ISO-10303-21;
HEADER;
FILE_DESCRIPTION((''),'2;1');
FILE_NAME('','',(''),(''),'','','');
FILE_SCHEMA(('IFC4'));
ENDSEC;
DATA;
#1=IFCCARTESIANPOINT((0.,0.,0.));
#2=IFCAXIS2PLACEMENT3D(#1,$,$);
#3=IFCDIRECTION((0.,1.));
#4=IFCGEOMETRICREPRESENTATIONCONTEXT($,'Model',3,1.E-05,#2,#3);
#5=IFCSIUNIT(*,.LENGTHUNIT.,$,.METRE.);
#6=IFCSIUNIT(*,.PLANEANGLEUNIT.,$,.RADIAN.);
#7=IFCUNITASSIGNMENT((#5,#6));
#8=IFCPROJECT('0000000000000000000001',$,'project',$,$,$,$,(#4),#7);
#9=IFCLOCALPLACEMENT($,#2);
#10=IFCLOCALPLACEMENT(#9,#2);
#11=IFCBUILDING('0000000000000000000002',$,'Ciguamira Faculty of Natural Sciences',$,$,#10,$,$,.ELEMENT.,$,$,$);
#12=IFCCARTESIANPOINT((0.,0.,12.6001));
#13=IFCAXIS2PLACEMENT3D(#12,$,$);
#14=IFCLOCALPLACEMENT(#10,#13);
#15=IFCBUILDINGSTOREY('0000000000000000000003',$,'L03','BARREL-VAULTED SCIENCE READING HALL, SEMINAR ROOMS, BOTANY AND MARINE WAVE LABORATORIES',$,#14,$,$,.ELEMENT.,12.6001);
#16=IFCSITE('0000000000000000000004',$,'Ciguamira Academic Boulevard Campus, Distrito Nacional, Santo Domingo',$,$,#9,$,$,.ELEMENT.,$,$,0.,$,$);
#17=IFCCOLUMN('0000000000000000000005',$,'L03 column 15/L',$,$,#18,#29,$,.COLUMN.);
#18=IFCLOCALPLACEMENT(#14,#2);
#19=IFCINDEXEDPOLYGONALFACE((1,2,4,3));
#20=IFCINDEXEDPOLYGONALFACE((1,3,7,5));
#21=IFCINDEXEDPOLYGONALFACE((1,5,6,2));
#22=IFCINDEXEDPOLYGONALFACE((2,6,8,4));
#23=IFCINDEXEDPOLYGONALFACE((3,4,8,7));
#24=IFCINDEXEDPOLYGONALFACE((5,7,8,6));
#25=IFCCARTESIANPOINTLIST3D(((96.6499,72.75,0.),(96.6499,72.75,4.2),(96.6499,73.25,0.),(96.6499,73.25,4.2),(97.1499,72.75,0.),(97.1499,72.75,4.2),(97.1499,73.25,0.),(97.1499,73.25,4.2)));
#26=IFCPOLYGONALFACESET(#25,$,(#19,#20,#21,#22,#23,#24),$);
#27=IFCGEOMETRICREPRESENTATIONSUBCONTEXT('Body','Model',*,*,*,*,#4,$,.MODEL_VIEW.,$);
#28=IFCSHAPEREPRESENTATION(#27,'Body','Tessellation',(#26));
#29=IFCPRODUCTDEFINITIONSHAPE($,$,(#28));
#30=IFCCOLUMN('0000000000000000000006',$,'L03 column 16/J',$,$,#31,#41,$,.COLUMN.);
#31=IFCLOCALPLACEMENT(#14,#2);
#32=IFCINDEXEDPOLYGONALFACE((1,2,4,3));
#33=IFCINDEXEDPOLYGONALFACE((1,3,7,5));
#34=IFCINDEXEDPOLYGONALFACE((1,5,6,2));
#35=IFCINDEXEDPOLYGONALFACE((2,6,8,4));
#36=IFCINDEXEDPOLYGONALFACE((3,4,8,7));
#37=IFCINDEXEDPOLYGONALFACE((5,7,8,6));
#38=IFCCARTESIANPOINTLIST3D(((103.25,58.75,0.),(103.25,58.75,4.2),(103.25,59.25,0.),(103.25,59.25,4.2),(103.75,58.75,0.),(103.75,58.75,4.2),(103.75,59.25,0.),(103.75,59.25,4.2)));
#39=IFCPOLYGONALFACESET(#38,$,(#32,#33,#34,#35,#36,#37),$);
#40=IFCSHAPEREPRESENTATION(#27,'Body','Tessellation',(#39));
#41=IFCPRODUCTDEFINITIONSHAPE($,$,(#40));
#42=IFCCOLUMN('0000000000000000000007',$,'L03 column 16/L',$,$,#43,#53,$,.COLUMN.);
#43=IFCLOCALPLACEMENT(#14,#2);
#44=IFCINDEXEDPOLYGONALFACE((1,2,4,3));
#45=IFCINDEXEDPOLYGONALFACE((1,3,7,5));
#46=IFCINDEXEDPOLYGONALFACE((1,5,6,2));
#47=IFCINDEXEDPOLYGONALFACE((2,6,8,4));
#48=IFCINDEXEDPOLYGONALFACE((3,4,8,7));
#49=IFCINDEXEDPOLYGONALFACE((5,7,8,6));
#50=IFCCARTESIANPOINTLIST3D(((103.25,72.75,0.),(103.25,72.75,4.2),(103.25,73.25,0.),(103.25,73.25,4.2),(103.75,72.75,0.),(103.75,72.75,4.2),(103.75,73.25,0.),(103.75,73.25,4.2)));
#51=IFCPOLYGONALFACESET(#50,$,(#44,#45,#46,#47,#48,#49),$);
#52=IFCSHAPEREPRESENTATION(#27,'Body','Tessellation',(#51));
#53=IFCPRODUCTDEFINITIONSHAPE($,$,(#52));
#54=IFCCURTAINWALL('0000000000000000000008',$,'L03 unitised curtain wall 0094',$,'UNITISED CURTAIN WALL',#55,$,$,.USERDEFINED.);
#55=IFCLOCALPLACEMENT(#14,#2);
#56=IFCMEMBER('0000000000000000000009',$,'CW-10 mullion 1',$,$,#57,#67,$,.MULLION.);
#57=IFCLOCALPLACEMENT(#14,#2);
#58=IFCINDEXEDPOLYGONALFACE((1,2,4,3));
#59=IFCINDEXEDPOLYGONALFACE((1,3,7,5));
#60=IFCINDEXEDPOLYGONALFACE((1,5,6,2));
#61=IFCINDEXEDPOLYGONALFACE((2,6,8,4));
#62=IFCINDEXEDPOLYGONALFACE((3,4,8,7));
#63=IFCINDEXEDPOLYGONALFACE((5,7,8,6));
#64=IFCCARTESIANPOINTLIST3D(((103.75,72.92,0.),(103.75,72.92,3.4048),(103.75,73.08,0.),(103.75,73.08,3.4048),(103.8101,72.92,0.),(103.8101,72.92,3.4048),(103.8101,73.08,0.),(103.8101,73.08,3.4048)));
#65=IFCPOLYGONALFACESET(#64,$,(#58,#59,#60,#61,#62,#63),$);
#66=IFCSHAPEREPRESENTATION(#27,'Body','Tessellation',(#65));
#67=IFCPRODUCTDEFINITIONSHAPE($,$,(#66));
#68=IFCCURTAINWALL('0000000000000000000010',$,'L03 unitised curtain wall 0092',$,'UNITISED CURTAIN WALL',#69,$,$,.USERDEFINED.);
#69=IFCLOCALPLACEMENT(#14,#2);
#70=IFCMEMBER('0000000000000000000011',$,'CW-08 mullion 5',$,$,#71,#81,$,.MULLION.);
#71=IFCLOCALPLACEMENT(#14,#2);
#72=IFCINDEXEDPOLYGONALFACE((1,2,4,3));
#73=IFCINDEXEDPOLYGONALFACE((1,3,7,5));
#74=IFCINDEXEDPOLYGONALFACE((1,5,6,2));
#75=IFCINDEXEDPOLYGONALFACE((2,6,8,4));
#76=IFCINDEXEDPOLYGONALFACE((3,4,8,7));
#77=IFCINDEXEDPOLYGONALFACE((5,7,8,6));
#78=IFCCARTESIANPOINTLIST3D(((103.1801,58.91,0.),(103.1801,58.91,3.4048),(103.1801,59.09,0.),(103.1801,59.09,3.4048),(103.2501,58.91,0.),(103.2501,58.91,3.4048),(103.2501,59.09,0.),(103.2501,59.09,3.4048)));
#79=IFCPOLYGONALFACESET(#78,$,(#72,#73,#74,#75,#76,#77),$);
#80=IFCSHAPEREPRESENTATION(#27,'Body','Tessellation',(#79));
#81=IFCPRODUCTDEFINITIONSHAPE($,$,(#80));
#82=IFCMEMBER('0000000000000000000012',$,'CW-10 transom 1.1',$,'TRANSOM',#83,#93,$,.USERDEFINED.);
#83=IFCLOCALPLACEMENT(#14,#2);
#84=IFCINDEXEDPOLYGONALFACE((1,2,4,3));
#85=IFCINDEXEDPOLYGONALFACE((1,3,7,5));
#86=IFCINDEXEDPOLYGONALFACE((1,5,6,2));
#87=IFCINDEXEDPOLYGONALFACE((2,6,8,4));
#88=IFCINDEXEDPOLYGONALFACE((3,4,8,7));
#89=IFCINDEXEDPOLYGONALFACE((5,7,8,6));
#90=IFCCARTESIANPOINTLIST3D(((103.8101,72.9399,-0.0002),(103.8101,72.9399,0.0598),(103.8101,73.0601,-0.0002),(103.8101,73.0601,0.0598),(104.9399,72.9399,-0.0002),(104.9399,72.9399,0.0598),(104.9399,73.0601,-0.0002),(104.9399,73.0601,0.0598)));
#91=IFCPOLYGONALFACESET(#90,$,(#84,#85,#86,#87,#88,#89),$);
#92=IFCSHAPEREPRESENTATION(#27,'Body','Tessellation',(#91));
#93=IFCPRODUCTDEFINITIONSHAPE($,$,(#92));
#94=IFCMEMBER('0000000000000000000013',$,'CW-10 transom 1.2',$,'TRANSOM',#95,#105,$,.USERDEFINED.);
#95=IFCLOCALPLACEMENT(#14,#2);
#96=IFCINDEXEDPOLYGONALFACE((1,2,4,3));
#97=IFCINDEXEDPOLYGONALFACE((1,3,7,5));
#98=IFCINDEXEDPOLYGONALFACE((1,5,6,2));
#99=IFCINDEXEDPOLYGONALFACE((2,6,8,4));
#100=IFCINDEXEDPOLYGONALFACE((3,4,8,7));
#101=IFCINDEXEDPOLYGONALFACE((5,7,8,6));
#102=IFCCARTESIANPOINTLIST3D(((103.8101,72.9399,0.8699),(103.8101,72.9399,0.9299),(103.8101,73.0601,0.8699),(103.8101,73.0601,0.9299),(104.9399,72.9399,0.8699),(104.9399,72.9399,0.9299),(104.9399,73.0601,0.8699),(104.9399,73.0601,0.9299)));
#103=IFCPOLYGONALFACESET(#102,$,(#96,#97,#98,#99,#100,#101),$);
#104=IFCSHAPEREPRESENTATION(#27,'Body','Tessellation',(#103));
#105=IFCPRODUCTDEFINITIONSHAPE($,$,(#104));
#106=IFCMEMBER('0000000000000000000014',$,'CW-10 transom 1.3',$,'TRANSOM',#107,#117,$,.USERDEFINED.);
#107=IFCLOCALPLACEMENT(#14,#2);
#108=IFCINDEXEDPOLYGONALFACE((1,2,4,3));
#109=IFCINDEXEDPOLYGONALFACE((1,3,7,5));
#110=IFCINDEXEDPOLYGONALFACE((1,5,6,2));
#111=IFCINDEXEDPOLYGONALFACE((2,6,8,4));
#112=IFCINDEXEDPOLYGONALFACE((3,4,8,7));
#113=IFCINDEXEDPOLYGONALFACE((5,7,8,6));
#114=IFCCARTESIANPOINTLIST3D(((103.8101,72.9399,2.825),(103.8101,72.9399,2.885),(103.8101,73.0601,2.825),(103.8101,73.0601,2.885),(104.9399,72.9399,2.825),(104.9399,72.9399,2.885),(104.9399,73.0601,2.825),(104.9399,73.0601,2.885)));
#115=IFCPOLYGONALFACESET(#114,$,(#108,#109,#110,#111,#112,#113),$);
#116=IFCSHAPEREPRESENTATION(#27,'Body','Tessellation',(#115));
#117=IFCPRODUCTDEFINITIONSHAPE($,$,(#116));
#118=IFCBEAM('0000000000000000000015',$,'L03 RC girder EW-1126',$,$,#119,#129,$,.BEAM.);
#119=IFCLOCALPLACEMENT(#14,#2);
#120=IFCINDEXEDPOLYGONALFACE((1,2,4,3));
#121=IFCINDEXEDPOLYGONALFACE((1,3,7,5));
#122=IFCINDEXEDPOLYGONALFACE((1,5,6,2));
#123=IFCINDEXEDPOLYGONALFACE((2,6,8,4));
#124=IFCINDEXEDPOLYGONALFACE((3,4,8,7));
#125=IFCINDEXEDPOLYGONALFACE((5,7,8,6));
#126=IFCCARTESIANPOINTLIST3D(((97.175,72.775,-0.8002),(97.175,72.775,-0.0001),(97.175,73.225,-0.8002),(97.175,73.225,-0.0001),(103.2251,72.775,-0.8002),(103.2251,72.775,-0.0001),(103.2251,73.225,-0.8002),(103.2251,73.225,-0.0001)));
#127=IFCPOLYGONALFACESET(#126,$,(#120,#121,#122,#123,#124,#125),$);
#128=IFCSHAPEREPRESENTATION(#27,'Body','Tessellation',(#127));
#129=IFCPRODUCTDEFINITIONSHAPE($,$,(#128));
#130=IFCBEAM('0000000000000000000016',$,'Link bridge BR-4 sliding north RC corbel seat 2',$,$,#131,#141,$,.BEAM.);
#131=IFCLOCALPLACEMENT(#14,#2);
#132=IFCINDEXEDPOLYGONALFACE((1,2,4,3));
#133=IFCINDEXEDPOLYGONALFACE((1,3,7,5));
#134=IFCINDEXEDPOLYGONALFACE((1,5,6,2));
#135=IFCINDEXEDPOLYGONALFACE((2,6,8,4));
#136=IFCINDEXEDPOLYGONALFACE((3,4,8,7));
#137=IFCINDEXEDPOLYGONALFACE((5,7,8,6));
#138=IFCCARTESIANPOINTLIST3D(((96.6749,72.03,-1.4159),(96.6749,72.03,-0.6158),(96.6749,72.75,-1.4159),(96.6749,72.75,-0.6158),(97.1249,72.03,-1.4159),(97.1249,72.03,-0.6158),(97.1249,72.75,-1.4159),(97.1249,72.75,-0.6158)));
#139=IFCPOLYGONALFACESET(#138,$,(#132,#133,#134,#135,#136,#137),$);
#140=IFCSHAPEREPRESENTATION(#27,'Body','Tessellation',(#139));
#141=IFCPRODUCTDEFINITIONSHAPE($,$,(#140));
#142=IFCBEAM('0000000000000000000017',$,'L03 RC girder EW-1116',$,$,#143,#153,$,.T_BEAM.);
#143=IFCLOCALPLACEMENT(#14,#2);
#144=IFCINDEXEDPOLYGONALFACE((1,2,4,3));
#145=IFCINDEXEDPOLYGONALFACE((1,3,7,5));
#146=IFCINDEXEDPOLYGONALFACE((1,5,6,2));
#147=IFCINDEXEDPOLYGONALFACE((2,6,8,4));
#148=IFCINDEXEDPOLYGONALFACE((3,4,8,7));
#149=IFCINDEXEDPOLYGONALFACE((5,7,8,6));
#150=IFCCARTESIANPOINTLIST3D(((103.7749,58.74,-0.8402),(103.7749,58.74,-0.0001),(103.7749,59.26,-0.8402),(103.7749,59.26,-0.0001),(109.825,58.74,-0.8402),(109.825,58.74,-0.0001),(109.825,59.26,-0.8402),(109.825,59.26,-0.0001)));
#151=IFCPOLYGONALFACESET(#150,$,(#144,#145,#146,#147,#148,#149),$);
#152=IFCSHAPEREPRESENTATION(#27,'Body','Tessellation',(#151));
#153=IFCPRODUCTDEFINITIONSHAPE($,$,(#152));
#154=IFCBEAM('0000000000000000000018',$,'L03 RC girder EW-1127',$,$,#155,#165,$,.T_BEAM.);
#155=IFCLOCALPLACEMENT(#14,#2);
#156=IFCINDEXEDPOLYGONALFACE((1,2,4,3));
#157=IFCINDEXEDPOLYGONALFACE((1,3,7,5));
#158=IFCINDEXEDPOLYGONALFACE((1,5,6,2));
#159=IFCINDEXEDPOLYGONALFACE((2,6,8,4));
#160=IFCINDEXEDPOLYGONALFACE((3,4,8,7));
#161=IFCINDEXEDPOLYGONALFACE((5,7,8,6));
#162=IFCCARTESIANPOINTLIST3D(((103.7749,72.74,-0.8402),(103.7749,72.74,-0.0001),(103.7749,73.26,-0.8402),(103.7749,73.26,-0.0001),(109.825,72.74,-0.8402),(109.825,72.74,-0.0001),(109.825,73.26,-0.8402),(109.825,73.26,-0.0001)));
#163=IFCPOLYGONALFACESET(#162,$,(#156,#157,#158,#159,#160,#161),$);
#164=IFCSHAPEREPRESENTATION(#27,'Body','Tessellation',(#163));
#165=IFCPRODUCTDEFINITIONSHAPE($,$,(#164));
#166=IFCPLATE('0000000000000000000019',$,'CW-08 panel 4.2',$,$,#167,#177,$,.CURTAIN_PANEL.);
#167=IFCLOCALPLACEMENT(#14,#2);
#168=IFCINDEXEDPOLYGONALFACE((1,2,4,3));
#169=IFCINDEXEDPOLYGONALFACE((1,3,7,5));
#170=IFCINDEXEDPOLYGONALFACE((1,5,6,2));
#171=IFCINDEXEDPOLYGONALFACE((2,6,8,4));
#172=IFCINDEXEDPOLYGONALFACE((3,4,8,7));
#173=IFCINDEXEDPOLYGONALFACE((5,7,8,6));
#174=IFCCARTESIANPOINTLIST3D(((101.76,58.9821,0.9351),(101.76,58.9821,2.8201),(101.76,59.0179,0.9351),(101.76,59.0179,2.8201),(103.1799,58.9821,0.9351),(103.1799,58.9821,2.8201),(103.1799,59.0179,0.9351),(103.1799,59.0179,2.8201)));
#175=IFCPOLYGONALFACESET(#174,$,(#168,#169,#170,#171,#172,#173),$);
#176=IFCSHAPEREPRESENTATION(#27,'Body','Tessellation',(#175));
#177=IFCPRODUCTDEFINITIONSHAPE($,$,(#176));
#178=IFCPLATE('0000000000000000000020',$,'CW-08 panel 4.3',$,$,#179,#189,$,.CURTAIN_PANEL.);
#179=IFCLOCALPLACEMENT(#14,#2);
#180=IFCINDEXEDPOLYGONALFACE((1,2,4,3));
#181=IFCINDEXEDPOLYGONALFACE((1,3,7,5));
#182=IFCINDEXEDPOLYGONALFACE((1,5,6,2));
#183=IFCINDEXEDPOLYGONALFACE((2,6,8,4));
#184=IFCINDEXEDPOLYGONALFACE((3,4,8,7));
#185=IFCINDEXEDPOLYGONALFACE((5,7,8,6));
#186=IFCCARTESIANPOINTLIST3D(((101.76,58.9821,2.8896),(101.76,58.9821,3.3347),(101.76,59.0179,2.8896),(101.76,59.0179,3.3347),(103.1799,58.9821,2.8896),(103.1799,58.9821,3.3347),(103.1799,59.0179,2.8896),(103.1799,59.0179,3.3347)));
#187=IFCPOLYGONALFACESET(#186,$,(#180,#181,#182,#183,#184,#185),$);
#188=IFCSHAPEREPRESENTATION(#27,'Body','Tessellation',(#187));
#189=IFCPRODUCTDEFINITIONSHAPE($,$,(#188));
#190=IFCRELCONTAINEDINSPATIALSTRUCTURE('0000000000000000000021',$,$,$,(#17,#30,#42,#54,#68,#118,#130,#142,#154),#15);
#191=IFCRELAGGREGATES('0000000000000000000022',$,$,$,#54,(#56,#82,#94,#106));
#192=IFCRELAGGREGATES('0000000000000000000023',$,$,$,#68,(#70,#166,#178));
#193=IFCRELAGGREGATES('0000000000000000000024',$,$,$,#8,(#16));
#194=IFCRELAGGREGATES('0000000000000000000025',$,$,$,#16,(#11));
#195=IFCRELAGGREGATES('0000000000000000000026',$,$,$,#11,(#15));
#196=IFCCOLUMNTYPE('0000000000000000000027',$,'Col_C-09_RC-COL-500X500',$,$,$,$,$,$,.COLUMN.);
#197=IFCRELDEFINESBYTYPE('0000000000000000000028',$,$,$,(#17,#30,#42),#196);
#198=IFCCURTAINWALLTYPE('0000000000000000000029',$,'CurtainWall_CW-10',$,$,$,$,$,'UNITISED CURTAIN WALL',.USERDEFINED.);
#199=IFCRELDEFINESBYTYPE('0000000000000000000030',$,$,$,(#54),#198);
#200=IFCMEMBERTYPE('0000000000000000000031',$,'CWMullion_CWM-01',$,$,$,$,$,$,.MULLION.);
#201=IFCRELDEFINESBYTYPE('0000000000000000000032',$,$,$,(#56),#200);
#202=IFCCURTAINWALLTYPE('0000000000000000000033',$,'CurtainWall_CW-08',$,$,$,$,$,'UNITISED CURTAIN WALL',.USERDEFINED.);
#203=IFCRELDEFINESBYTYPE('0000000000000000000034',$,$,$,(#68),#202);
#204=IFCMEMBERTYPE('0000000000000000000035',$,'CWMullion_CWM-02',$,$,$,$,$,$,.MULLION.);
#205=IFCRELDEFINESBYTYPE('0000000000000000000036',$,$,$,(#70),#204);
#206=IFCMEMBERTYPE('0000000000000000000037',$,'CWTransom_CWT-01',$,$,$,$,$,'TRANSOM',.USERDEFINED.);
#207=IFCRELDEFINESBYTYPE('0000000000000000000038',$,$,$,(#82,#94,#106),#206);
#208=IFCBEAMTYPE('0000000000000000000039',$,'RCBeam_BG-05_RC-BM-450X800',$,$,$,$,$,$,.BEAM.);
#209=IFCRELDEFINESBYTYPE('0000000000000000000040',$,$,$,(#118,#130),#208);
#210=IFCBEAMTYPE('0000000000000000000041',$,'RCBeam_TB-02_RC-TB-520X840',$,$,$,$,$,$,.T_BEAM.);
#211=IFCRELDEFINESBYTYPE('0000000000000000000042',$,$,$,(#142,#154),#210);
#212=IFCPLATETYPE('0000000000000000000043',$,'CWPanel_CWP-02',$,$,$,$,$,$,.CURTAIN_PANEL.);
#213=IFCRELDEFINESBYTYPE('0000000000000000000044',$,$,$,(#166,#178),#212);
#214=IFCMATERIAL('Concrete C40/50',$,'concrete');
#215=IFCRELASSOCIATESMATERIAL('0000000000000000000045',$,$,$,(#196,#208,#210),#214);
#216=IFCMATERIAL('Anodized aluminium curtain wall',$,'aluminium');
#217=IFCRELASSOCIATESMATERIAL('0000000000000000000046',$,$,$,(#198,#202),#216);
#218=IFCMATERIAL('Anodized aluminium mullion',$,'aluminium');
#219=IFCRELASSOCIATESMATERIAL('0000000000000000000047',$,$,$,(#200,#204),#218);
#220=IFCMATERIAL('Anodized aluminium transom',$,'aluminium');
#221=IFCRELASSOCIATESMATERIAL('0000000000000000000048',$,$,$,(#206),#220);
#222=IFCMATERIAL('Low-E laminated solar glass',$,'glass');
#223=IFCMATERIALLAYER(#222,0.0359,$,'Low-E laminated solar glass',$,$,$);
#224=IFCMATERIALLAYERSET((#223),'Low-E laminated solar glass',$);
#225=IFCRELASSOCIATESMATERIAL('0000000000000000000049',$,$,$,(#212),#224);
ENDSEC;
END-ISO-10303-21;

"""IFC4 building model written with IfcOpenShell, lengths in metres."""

from ifc_helpers import new_model, si_unit, direction, frame, origin, origin_2d, place, context, subcontext, project, spatial, rectangle, extrude, material, layer, layer_set, material_profile, profile_set, type_object, element, aggregate, save


model = new_model("IFC4")

# Units and contexts
model_context = context("Model", 3, precision=1e-05, world=origin(), true_north=direction((0.0, 1.0)))
body_context = subcontext(model_context, "Body", "Model", "MODEL_VIEW")
ifc_project = project(units=[si_unit("LENGTHUNIT", "METRE"), si_unit("PLANEANGLEUNIT", "RADIAN")], contexts=[model_context])

# Site, building, storey
site_placement = place(None, origin())
site = spatial("IfcSite", under=ifc_project, at=site_placement, Name="Ciguamira Academic Boulevard Campus, Distrito Nacional, Santo Domingo", CompositionType="ELEMENT", RefElevation=0.0)
building_placement = place(site_placement, origin())
building = spatial("IfcBuilding", under=site, at=building_placement, Name="Ciguamira Faculty of Natural Sciences", CompositionType="ELEMENT")
storey_placement = place(building_placement, frame((0.0, 0.0, 12.6001)))
storey = spatial("IfcBuildingStorey", under=building, at=storey_placement, Name="L03", Description="BARREL-VAULTED SCIENCE READING HALL, SEMINAR ROOMS, BOTANY AND MARINE WAVE LABORATORIES", CompositionType="ELEMENT", Elevation=12.6001)

# Columns
ifc_material_1 = material(Name="Concrete C40/50", Category="concrete")
ifc_material_profile_1 = material_profile(ifc_material_1, rectangle(XDim=0.5, YDim=0.5, at=origin_2d()), Name="RC-COL-500X500")
ifc_profile_set_1 = profile_set([ifc_material_profile_1], Name="Concrete C40/50")
column_type = type_object("IfcColumnType", Name="Col_C-09_RC-COL-500X500", PredefinedType="COLUMN", material=ifc_profile_set_1)
for number, where, z_axis, x_axis, name in (
    (1, (96.8999, 73.0, 0.0), (0.0, 0.0, 1.0), (1.0, 0.0, 0.0), "L03 column 15/L"),
    (2, (103.5, 59.0, 0.0), (0.0, 0.0, 1.0), (1.0, 0.0, 0.0), "L03 column 16/J"),
    (3, (103.5, 73.0, 0.0), (0.0, 0.0, 1.0), (1.0, 0.0, 0.0), "L03 column 16/L"),
):
    element("IfcColumn", number, at=place(storey_placement, frame(where, z_axis=z_axis, x_axis=x_axis)), inside=storey, type_object=column_type, Name=name, PredefinedType="COLUMN", context=body_context, shape_type="SweptSolid", body=[
        extrude(rectangle(XDim=0.5, YDim=0.5, at=origin_2d()), origin(), (0.0, 0.0, 1.0), 4.2),
    ])

# Curtain walls, members
ifc_material_2 = material(Name="Anodized aluminium curtain wall", Category="aluminium")
curtain_wall_type_1 = type_object("IfcCurtainWallType", Name="CurtainWall_CW-10", ElementType="UNITISED CURTAIN WALL", PredefinedType="USERDEFINED", material=ifc_material_2)
curtain_wall_1_placement = place(storey_placement, origin())
curtain_wall_1 = element("IfcCurtainWall", 4, at=curtain_wall_1_placement, inside=storey, type_object=curtain_wall_type_1, Name="L03 unitised curtain wall 0094", ObjectType="UNITISED CURTAIN WALL", PredefinedType="USERDEFINED")
ifc_material_3 = material(Name="Anodized aluminium mullion", Category="aluminium")
ifc_material_profile_2 = material_profile(ifc_material_3, rectangle(XDim=0.0601, YDim=0.1599, at=origin_2d()), Name="ALU-MUL-60X160")
ifc_profile_set_2 = profile_set([ifc_material_profile_2], Name="Anodized aluminium mullion")
member_type_1 = type_object("IfcMemberType", Name="CWMullion_CWM-01", PredefinedType="MULLION", material=ifc_profile_set_2)
member_1_placement = place(storey_placement, frame((103.78, 73.0, 0.0), z_axis=(0.0, 0.0, 1.0), x_axis=(1.0, 0.0, 0.0)))
member_1 = element("IfcMember", 5, at=member_1_placement, type_object=member_type_1, Name="CW-10 mullion 1", PredefinedType="MULLION", context=body_context, shape_type="SweptSolid", body=[
    extrude(rectangle(XDim=0.0601, YDim=0.1599, at=origin_2d()), origin(), (0.0, 0.0, 1.0), 3.4048),
])
curtain_wall_type_2 = type_object("IfcCurtainWallType", Name="CurtainWall_CW-08", ElementType="UNITISED CURTAIN WALL", PredefinedType="USERDEFINED", material=ifc_material_2)
curtain_wall_2_placement = place(storey_placement, origin())
curtain_wall_2 = element("IfcCurtainWall", 6, at=curtain_wall_2_placement, inside=storey, type_object=curtain_wall_type_2, Name="L03 unitised curtain wall 0092", ObjectType="UNITISED CURTAIN WALL", PredefinedType="USERDEFINED")
ifc_material_profile_3 = material_profile(ifc_material_3, rectangle(XDim=0.0701, YDim=0.1799, at=origin_2d()), Name="ALU-MUL-70X180")
ifc_profile_set_3 = profile_set([ifc_material_profile_3], Name="Anodized aluminium mullion")
member_type_2 = type_object("IfcMemberType", Name="CWMullion_CWM-02", PredefinedType="MULLION", material=ifc_profile_set_3)
member_2_placement = place(storey_placement, frame((103.2151, 59.0, 0.0), z_axis=(0.0, 0.0, 1.0), x_axis=(1.0, 0.0, 0.0)))
member_2 = element("IfcMember", 7, at=member_2_placement, type_object=member_type_2, Name="CW-08 mullion 5", PredefinedType="MULLION", context=body_context, shape_type="SweptSolid", body=[
    extrude(rectangle(XDim=0.0701, YDim=0.1799, at=origin_2d()), origin(), (0.0, 0.0, 1.0), 3.4048),
])

# Members
ifc_material_4 = material(Name="Anodized aluminium transom", Category="aluminium")
ifc_material_profile_4 = material_profile(ifc_material_4, rectangle(XDim=0.0601, YDim=0.1201, at=origin_2d()), Name="ALU-TRN-60X120")
ifc_profile_set_4 = profile_set([ifc_material_profile_4], Name="Anodized aluminium transom")
member_type_3 = type_object("IfcMemberType", Name="CWTransom_CWT-01", ElementType="TRANSOM", PredefinedType="USERDEFINED", material=ifc_profile_set_4)
member_3_placement = place(storey_placement, frame((103.8101, 73.0, 0.0298), z_axis=(1.0, 0.0, 0.0), x_axis=(0.0, 0.0, 1.0)))
member_3 = element("IfcMember", 8, at=member_3_placement, type_object=member_type_3, Name="CW-10 transom 1.1", ObjectType="TRANSOM", PredefinedType="USERDEFINED", context=body_context, shape_type="SweptSolid", body=[
    extrude(rectangle(XDim=0.0601, YDim=0.1201, at=origin_2d()), origin(), (0.0, 0.0, 1.0), 1.1299),
])
member_4_placement = place(storey_placement, frame((103.8101, 73.0, 0.8999), z_axis=(1.0, 0.0, 0.0), x_axis=(0.0, 0.0, 1.0)))
member_4 = element("IfcMember", 9, at=member_4_placement, type_object=member_type_3, Name="CW-10 transom 1.2", ObjectType="TRANSOM", PredefinedType="USERDEFINED", context=body_context, shape_type="SweptSolid", body=[
    extrude(rectangle(XDim=0.0601, YDim=0.1201, at=origin_2d()), origin(), (0.0, 0.0, 1.0), 1.1299),
])
member_5_placement = place(storey_placement, frame((103.8101, 73.0, 2.855), z_axis=(1.0, 0.0, 0.0), x_axis=(0.0, 0.0, 1.0)))
member_5 = element("IfcMember", 10, at=member_5_placement, type_object=member_type_3, Name="CW-10 transom 1.3", ObjectType="TRANSOM", PredefinedType="USERDEFINED", context=body_context, shape_type="SweptSolid", body=[
    extrude(rectangle(XDim=0.0601, YDim=0.1201, at=origin_2d()), origin(), (0.0, 0.0, 1.0), 1.1299),
])
aggregate(curtain_wall_1, [member_1, member_3, member_4, member_5])

# Beams
ifc_material_profile_5 = material_profile(ifc_material_1, rectangle(XDim=0.45, YDim=0.8, at=origin_2d()), Name="RC-BM-450X800")
ifc_profile_set_5 = profile_set([ifc_material_profile_5], Name="Concrete C40/50")
beam_type_1 = type_object("IfcBeamType", Name="RCBeam_BG-05_RC-BM-450X800", PredefinedType="BEAM", material=ifc_profile_set_5)
beam_1_placement = place(storey_placement, frame((97.175, 73.0, -0.4001), z_axis=(1.0, 0.0, 0.0), x_axis=(0.0, 1.0, 0.0)))
element("IfcBeam", 11, at=beam_1_placement, inside=storey, type_object=beam_type_1, Name="L03 RC girder EW-1126", PredefinedType="BEAM", context=body_context, shape_type="SweptSolid", body=[
    extrude(rectangle(XDim=0.45, YDim=0.8, at=origin_2d()), origin(), (0.0, 0.0, 1.0), 6.05),
])
beam_2_placement = place(storey_placement, frame((96.8999, 72.03, -1.0159), z_axis=(0.0, 1.0, 0.0), x_axis=(-1.0, 0.0, 0.0)))
element("IfcBeam", 12, at=beam_2_placement, inside=storey, type_object=beam_type_1, Name="Link bridge BR-4 sliding north RC corbel seat 2", PredefinedType="BEAM", context=body_context, shape_type="SweptSolid", body=[
    extrude(rectangle(XDim=0.45, YDim=0.8, at=origin_2d()), origin(), (0.0, 0.0, 1.0), 0.72),
])
ifc_material_profile_6 = material_profile(ifc_material_1, rectangle(XDim=0.52, YDim=0.8401, at=origin_2d()), Name="RC-TB-520X840")
ifc_profile_set_6 = profile_set([ifc_material_profile_6], Name="Concrete C40/50")
beam_type_2 = type_object("IfcBeamType", Name="RCBeam_TB-02_RC-TB-520X840", PredefinedType="T_BEAM", material=ifc_profile_set_6)
for number, where, z_axis, x_axis, name in (
    (13, (103.7749, 59.0, -0.4202), (1.0, 0.0, 0.0), (0.0, 1.0, 0.0), "L03 RC girder EW-1116"),
    (14, (103.7749, 73.0, -0.4202), (1.0, 0.0, 0.0), (0.0, 1.0, 0.0), "L03 RC girder EW-1127"),
):
    element("IfcBeam", number, at=place(storey_placement, frame(where, z_axis=z_axis, x_axis=x_axis)), inside=storey, type_object=beam_type_2, Name=name, PredefinedType="T_BEAM", context=body_context, shape_type="SweptSolid", body=[
        extrude(rectangle(XDim=0.52, YDim=0.8401, at=origin_2d()), origin(), (0.0, 0.0, 1.0), 6.05),
    ])

# Plates
ifc_material_5 = material(Name="Low-E laminated solar glass", Category="glass")
ifc_layer_1 = layer(ifc_material_5, 0.0359, Name="Low-E laminated solar glass")
ifc_layer_set_1 = layer_set([ifc_layer_1], Name="Low-E laminated solar glass")
plate_type_1 = type_object("IfcPlateType", Name="CWPanel_CWP-02", PredefinedType="CURTAIN_PANEL", material=ifc_layer_set_1)
plate_1_placement = place(storey_placement, frame((102.47, 59.0, 0.9351), z_axis=(0.0, 0.0, 1.0), x_axis=(1.0, 0.0, 0.0)))
plate_1 = element("IfcPlate", 15, at=plate_1_placement, type_object=plate_type_1, Name="CW-08 panel 4.2", PredefinedType="CURTAIN_PANEL", context=body_context, shape_type="SweptSolid", body=[
    extrude(rectangle(XDim=1.4199, YDim=0.0359, at=origin_2d()), origin(), (0.0, 0.0, 1.0), 1.885),
])
plate_2_placement = place(storey_placement, frame((102.47, 59.0, 2.8896), z_axis=(0.0, 0.0, 1.0), x_axis=(1.0, 0.0, 0.0)))
plate_2 = element("IfcPlate", 16, at=plate_2_placement, type_object=plate_type_1, Name="CW-08 panel 4.3", PredefinedType="CURTAIN_PANEL", context=body_context, shape_type="SweptSolid", body=[
    extrude(rectangle(XDim=1.4199, YDim=0.0359, at=origin_2d()), origin(), (0.0, 0.0, 1.0), 0.4451),
])
aggregate(curtain_wall_2, [member_2, plate_1, plate_2])

save(model, "model.ifc")
